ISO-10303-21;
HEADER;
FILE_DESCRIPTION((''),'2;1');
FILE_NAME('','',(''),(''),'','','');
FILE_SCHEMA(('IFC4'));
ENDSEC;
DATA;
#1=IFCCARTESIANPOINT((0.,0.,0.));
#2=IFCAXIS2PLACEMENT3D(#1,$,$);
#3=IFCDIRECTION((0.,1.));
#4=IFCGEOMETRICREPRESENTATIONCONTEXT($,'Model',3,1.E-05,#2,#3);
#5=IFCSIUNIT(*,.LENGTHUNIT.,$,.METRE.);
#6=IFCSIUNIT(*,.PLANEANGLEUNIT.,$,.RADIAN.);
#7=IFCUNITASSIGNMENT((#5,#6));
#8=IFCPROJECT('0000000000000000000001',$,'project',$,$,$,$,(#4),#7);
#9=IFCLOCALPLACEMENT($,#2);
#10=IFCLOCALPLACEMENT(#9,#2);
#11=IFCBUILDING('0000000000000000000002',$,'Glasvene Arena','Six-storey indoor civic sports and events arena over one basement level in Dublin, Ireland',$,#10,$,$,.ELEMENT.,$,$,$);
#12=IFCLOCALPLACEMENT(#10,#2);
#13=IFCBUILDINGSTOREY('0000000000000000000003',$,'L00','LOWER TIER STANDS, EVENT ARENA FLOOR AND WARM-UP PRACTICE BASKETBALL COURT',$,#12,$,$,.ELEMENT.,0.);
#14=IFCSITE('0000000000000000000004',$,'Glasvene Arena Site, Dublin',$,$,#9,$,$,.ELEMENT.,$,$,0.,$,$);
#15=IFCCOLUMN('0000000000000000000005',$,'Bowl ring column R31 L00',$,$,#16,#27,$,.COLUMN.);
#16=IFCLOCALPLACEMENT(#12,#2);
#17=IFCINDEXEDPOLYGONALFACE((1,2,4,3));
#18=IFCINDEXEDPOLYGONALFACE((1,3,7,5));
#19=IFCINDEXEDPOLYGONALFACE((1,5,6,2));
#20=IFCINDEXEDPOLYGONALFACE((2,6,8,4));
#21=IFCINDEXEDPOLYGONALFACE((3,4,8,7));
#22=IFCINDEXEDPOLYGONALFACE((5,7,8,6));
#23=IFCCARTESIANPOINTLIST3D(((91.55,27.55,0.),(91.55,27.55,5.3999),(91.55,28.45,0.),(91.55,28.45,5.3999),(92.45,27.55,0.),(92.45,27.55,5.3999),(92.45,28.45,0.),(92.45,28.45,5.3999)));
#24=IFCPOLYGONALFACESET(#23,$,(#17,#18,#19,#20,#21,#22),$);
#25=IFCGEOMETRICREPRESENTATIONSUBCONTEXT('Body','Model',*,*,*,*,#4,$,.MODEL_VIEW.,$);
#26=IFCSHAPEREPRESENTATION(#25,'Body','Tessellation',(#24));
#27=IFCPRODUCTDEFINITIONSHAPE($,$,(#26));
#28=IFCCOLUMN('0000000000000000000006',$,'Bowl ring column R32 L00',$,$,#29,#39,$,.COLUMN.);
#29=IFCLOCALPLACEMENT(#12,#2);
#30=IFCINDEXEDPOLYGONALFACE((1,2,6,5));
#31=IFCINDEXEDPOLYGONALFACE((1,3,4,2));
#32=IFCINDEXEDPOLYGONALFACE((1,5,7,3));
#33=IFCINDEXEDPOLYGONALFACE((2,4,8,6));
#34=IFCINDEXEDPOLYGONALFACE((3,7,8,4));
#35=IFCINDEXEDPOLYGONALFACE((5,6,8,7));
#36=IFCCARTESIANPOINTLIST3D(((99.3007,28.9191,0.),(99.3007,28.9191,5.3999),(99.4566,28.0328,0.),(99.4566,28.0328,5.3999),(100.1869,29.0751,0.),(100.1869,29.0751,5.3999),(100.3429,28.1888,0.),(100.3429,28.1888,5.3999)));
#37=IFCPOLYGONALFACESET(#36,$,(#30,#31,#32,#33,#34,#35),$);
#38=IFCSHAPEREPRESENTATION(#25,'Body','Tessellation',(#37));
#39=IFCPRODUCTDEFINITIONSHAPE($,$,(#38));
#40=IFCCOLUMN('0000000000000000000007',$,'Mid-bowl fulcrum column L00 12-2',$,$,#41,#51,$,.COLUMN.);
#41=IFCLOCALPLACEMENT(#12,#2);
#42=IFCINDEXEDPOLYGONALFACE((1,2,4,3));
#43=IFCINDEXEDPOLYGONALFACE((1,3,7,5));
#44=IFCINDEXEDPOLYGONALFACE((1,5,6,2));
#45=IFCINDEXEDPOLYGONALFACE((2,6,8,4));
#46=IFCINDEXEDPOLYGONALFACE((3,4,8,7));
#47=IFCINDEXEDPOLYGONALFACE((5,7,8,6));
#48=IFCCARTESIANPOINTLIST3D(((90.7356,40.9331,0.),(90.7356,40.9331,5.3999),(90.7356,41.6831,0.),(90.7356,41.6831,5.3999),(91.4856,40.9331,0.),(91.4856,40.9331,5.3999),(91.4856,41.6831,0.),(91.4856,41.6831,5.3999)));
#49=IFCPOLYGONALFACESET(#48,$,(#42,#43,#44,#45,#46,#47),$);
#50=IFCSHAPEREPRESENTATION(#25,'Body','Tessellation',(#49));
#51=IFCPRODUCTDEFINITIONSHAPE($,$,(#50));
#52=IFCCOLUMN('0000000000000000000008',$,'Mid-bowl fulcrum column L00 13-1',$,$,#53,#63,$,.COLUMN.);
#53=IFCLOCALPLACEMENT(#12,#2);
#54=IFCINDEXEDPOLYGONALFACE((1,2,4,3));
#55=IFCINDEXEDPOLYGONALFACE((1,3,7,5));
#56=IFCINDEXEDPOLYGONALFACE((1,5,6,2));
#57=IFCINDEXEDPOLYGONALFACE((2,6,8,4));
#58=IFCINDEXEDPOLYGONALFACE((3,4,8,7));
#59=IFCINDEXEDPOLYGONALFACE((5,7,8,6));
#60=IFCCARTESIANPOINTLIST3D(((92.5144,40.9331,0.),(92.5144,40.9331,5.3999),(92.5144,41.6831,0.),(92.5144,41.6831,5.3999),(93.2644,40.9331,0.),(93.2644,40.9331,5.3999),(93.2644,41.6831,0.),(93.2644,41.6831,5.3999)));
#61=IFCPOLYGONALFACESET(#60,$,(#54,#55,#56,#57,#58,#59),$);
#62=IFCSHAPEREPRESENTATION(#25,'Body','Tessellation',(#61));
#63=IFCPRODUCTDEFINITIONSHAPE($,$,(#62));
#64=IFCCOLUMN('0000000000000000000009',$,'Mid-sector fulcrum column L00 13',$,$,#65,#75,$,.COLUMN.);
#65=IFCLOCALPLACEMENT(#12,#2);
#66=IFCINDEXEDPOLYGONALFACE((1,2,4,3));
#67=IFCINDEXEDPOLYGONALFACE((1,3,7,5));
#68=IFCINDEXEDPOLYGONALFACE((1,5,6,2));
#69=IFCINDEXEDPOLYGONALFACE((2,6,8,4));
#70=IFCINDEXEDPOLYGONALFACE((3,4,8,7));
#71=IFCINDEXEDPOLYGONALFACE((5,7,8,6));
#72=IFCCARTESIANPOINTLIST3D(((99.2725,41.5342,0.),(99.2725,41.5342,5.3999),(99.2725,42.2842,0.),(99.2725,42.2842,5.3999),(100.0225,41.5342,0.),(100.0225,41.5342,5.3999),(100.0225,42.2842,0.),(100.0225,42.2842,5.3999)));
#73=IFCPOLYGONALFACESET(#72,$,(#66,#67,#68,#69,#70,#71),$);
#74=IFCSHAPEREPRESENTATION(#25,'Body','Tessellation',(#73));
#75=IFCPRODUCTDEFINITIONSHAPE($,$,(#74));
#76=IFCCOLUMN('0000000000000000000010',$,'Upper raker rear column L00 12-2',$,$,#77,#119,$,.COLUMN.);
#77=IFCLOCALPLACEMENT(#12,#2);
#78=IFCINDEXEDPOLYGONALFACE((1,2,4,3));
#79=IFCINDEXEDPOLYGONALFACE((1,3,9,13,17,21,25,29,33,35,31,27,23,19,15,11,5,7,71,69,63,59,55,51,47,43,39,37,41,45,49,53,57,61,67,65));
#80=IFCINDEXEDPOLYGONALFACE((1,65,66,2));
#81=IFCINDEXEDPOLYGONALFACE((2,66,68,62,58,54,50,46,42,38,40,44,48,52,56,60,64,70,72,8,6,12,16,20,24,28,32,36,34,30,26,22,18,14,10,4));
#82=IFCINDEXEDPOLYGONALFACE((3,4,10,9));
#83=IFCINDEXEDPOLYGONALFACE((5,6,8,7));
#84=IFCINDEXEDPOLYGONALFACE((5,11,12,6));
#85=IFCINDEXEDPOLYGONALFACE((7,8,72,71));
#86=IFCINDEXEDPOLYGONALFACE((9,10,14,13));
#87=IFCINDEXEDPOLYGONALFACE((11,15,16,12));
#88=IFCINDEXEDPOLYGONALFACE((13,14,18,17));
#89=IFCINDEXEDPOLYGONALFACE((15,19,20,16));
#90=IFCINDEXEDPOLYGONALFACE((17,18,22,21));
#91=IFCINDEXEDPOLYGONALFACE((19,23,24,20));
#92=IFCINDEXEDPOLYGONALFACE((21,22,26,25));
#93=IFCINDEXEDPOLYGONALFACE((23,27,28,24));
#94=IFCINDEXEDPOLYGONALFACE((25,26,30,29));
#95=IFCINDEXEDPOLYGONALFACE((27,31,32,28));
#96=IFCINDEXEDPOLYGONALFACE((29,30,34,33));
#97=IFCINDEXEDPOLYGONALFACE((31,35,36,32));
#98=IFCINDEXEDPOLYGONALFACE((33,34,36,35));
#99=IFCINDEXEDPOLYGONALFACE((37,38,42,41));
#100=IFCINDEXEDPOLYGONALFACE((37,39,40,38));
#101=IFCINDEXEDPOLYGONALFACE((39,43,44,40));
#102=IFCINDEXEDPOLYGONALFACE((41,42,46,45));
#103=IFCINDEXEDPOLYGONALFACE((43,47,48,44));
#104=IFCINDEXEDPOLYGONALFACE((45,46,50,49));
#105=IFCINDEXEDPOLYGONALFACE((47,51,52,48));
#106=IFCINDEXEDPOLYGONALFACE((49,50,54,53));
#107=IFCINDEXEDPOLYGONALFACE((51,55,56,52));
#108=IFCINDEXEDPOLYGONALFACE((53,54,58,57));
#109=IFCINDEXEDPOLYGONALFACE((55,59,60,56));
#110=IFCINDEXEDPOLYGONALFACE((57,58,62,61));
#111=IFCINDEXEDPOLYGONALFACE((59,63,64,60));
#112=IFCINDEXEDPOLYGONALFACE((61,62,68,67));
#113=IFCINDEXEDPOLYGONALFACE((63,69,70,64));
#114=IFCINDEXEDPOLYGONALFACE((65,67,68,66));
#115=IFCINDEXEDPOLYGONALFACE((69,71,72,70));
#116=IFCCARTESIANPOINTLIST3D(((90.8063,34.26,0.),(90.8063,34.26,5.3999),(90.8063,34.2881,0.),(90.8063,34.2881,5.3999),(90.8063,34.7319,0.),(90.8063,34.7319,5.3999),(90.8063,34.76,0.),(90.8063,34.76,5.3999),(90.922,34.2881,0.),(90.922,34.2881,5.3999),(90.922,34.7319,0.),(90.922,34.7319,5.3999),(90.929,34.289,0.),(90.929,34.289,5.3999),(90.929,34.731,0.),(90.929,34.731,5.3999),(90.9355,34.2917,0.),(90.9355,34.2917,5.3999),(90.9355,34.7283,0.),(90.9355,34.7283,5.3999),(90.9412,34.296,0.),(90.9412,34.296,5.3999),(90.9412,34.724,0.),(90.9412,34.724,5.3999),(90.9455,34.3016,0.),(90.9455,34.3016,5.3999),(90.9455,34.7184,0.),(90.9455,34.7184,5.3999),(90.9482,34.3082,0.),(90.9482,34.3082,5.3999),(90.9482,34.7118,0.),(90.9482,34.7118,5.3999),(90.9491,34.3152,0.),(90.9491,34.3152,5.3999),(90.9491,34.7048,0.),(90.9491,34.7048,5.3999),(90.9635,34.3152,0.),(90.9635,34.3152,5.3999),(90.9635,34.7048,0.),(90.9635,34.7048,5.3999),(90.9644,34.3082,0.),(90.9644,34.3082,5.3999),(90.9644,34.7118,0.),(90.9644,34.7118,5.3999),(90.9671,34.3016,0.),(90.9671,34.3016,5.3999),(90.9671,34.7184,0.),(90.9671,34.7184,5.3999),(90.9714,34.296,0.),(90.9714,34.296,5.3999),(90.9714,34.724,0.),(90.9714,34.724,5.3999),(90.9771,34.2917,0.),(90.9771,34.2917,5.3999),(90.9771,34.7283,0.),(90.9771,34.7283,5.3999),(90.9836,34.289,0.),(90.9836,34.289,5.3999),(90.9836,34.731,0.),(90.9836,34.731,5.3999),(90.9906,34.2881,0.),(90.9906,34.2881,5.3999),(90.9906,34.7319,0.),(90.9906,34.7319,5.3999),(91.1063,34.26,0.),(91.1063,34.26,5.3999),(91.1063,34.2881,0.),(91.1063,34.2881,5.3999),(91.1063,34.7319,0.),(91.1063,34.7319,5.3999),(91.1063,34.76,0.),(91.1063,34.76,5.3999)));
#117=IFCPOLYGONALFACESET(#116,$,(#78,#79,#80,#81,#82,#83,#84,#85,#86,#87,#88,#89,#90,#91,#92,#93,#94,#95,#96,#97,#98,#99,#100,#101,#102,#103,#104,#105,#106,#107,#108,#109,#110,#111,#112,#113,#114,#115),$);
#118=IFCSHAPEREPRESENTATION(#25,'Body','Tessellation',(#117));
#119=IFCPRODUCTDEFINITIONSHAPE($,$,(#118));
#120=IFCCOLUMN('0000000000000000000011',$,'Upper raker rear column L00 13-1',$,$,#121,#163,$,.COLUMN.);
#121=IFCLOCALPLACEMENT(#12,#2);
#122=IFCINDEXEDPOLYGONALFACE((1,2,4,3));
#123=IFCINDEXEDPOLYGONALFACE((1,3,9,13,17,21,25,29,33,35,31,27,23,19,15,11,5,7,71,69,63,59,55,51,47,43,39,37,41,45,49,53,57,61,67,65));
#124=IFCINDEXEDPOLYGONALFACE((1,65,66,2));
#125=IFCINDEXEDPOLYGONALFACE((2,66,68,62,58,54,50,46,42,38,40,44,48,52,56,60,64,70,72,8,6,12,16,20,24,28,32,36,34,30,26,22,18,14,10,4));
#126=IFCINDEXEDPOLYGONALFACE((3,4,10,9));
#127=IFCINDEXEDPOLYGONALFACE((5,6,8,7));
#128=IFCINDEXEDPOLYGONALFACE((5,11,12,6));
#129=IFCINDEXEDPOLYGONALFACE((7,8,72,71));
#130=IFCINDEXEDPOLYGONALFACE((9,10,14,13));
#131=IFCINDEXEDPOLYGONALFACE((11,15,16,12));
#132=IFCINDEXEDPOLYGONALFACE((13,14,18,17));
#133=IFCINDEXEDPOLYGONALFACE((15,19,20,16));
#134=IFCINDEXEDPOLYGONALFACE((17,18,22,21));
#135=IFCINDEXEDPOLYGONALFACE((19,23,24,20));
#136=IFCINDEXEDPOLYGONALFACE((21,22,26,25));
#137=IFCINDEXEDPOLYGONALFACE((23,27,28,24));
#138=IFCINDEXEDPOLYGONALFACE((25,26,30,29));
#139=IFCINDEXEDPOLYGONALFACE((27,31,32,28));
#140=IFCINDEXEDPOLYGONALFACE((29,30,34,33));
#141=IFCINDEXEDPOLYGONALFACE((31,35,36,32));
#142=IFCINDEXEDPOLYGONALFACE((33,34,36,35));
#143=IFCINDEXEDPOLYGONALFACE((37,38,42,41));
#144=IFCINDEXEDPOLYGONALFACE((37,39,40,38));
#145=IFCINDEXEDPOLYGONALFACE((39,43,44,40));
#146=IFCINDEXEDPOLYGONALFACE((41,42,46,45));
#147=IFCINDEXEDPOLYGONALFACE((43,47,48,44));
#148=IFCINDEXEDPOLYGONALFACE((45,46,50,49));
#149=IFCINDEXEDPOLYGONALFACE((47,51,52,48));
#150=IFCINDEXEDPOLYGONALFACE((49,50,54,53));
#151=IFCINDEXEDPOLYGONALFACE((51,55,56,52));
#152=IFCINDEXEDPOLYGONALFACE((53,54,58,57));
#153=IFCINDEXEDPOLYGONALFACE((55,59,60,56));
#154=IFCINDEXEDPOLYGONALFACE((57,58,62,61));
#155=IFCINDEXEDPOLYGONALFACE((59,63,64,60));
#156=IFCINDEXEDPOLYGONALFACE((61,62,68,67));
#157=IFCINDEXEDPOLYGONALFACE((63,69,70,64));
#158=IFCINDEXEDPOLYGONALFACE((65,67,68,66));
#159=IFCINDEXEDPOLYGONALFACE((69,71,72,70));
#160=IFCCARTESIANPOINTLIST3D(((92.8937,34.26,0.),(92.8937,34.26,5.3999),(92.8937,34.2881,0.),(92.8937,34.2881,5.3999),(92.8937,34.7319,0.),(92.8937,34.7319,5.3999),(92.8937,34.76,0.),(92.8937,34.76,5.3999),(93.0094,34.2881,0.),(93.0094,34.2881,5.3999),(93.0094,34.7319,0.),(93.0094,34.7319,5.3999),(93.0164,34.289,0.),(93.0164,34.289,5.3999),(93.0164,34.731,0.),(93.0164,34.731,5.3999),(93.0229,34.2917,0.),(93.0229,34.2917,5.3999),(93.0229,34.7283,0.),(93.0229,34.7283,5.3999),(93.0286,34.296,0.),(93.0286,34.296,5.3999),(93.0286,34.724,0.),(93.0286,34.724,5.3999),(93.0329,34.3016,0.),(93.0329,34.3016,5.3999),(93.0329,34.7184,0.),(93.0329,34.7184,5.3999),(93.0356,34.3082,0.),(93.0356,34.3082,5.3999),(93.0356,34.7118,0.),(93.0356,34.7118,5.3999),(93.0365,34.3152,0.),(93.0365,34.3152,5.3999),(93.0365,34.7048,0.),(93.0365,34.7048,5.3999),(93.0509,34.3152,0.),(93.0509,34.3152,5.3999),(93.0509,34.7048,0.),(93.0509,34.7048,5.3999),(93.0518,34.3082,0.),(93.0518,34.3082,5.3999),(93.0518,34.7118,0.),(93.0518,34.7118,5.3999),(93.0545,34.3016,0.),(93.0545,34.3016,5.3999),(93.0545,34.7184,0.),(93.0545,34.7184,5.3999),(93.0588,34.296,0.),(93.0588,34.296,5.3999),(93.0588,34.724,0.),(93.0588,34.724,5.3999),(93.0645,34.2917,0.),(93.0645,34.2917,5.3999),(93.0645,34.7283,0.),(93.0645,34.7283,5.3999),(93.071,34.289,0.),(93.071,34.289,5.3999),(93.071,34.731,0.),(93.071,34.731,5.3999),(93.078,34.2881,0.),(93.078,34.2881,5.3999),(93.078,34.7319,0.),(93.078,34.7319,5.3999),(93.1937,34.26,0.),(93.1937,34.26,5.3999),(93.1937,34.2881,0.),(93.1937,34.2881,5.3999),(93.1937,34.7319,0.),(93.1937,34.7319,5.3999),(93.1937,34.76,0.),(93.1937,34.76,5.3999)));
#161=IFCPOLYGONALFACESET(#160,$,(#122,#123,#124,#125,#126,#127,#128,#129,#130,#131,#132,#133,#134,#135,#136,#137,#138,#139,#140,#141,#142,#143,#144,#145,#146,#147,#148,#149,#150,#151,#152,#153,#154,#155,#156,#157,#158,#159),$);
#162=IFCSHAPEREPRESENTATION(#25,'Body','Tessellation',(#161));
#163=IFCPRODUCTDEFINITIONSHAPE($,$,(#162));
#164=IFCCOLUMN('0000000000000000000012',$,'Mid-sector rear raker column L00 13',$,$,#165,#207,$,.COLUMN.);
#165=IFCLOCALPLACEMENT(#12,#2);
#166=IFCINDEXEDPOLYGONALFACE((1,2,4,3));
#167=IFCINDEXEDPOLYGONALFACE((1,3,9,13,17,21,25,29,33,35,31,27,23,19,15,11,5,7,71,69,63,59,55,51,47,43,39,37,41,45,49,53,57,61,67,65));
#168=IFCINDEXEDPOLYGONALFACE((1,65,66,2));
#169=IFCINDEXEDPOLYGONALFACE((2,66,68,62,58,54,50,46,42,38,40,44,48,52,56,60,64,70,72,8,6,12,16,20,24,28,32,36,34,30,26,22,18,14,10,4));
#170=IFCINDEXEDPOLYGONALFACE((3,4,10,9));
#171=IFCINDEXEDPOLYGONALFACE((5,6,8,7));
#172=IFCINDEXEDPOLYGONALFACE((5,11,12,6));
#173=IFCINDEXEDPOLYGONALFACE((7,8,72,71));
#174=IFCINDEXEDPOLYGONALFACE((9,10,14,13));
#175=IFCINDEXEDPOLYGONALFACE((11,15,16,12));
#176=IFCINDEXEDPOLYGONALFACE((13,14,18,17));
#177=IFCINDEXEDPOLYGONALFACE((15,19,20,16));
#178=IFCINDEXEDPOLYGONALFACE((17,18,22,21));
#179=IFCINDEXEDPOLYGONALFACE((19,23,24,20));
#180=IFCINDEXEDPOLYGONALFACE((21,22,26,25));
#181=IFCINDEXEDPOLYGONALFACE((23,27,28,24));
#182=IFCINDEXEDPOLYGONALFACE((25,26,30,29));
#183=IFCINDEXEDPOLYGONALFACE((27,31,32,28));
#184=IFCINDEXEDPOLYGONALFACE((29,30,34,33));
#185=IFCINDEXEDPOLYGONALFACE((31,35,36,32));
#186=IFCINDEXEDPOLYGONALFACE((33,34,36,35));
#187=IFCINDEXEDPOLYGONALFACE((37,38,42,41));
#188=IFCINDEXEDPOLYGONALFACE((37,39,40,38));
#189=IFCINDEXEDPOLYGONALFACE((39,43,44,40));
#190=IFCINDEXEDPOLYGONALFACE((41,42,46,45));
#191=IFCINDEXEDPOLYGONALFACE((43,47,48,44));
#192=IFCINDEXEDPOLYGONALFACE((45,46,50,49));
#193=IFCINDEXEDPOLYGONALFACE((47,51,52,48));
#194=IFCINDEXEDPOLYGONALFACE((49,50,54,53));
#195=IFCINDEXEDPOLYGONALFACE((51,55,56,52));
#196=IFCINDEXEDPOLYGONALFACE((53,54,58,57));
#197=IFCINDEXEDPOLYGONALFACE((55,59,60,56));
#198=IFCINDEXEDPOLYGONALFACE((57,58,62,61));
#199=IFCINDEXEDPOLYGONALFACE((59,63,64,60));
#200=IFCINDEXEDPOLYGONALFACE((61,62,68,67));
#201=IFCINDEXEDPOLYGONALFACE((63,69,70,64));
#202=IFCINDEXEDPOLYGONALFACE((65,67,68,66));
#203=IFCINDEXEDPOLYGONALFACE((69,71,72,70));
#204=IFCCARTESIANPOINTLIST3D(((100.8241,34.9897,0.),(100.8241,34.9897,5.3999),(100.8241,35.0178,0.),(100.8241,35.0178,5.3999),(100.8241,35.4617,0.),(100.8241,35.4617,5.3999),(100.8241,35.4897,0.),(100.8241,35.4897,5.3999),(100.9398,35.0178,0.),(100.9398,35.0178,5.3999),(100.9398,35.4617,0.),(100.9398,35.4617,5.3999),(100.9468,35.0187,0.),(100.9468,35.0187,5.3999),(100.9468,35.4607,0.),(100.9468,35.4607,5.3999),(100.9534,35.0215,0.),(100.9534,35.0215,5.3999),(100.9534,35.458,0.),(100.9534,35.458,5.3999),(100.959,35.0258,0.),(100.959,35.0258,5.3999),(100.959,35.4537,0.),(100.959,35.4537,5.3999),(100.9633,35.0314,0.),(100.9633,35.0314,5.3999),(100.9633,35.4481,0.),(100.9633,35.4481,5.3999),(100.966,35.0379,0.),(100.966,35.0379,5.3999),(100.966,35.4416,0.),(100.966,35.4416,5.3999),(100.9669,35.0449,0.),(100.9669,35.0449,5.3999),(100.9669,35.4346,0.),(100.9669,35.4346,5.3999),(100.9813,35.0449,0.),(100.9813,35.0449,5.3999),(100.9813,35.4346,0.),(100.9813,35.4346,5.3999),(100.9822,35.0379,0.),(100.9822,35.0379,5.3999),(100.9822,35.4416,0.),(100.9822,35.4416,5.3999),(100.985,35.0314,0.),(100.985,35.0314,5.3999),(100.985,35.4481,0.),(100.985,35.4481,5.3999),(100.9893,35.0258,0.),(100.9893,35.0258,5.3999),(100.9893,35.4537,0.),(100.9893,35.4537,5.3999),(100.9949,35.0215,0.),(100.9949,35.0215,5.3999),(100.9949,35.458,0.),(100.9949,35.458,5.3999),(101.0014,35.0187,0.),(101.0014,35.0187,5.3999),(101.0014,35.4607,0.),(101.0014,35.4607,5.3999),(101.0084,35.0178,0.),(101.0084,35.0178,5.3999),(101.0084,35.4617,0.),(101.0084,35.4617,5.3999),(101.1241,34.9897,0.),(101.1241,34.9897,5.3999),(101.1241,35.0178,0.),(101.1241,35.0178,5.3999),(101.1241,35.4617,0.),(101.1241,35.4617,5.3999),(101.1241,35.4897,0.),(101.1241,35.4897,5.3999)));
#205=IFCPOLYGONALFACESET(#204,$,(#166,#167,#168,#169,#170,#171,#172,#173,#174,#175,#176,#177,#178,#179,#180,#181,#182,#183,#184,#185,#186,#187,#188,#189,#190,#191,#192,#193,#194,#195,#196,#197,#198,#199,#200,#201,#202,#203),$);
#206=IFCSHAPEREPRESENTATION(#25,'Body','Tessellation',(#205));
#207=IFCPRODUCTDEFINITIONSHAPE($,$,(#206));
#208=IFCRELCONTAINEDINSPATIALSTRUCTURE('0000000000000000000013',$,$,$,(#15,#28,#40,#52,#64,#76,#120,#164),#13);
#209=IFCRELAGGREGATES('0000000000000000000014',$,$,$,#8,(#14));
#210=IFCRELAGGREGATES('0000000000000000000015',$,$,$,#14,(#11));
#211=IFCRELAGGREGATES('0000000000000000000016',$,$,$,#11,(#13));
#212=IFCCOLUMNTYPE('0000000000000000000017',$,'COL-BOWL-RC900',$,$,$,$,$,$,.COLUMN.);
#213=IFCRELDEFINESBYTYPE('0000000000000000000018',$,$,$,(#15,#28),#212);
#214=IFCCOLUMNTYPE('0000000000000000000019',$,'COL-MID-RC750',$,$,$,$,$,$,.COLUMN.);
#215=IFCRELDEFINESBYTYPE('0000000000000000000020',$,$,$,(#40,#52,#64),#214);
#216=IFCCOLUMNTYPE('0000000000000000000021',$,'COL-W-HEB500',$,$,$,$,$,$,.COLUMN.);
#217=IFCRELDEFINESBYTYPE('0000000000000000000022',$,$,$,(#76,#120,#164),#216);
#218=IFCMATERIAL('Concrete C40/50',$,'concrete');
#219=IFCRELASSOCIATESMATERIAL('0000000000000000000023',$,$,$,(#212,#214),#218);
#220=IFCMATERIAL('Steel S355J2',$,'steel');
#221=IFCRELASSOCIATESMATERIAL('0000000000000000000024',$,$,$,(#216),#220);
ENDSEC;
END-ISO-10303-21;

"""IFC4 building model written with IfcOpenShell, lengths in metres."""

from ifc_helpers import new_model, si_unit, direction, frame, origin, origin_2d, place, context, subcontext, project, spatial, rectangle, i_section, extrude, material, material_profile, profile_set, type_object, element, save


model = new_model("IFC4")

# Units and contexts
model_context = context("Model", 3, precision=1e-05, world=origin(), true_north=direction((0.0, 1.0)))
body_context = subcontext(model_context, "Body", "Model", "MODEL_VIEW")
ifc_project = project(units=[si_unit("LENGTHUNIT", "METRE"), si_unit("PLANEANGLEUNIT", "RADIAN")], contexts=[model_context])

# Site, building, storey
site_placement = place(None, origin())
site = spatial("IfcSite", under=ifc_project, at=site_placement, Name="Glasvene Arena Site, Dublin", CompositionType="ELEMENT", RefElevation=0.0)
building_placement = place(site_placement, origin())
building = spatial("IfcBuilding", under=site, at=building_placement, Name="Glasvene Arena", Description="Six-storey indoor civic sports and events arena over one basement level in Dublin, Ireland", CompositionType="ELEMENT")
storey_placement = place(building_placement, origin())
storey = spatial("IfcBuildingStorey", under=building, at=storey_placement, Name="L00", Description="LOWER TIER STANDS, EVENT ARENA FLOOR AND WARM-UP PRACTICE BASKETBALL COURT", CompositionType="ELEMENT", Elevation=0.0)

# Columns
ifc_material_1 = material(Name="Concrete C40/50", Category="concrete")
ifc_material_profile_1 = material_profile(ifc_material_1, rectangle(XDim=0.8999, YDim=0.8999, at=origin_2d()), Name="RC 900x900")
ifc_profile_set_1 = profile_set([ifc_material_profile_1], Name="Concrete C40/50")
column_type_1 = type_object("IfcColumnType", Name="COL-BOWL-RC900", PredefinedType="COLUMN", material=ifc_profile_set_1)
for number, where, z_axis, x_axis, name in (
    (1, (92.0, 28.0, 0.0), (0.0, 0.0, 1.0), (0.0, -1.0, 0.0), "Bowl ring column R31 L00"),
    (2, (99.8218, 28.554, 0.0), (0.0, 0.0, 1.0), (0.173304, -0.984868, 0.0), "Bowl ring column R32 L00"),
):
    element("IfcColumn", number, at=place(storey_placement, frame(where, z_axis=z_axis, x_axis=x_axis)), inside=storey, type_object=column_type_1, Name=name, PredefinedType="COLUMN", context=body_context, shape_type="SweptSolid", body=[
        extrude(rectangle(XDim=0.8999, YDim=0.8999, at=origin_2d()), origin(), (0.0, 0.0, 1.0), 5.3999),
    ])
ifc_material_profile_2 = material_profile(ifc_material_1, rectangle(XDim=0.75, YDim=0.75, at=origin_2d()), Name="RC 750x750")
ifc_profile_set_2 = profile_set([ifc_material_profile_2], Name="Concrete C40/50")
column_type_2 = type_object("IfcColumnType", Name="COL-MID-RC750", PredefinedType="COLUMN", material=ifc_profile_set_2)
for number, where, z_axis, x_axis, name in (
    (3, (91.1106, 41.3081, 0.0), (0.0, 0.0, 1.0), (1.0, 0.0, 0.0), "Mid-bowl fulcrum column L00 12-2"),
    (4, (92.8894, 41.3081, 0.0), (0.0, 0.0, 1.0), (1.0, 0.0, 0.0), "Mid-bowl fulcrum column L00 13-1"),
    (5, (99.6475, 41.9092, 0.0), (0.0, 0.0, 1.0), (1.0, 0.0, 0.0), "Mid-sector fulcrum column L00 13"),
):
    element("IfcColumn", number, at=place(storey_placement, frame(where, z_axis=z_axis, x_axis=x_axis)), inside=storey, type_object=column_type_2, Name=name, PredefinedType="COLUMN", context=body_context, shape_type="SweptSolid", body=[
        extrude(rectangle(XDim=0.75, YDim=0.75, at=origin_2d()), origin(), (0.0, 0.0, 1.0), 5.3999),
    ])
ifc_material_2 = material(Name="Steel S355J2", Category="steel")
ifc_material_profile_3 = material_profile(ifc_material_2, i_section(OverallWidth=0.3, OverallDepth=0.5, WebThickness=0.0144, FlangeThickness=0.0281, FilletRadius=0.0271, at=origin_2d()), Name="HEB 500")
ifc_profile_set_3 = profile_set([ifc_material_profile_3], Name="Steel S355J2")
column_type_3 = type_object("IfcColumnType", Name="COL-W-HEB500", PredefinedType="COLUMN", material=ifc_profile_set_3)
for number, where, z_axis, x_axis, name in (
    (6, (90.9563, 34.51, 0.0), (0.0, 0.0, 1.0), (1.0, 0.0, 0.0), "Upper raker rear column L00 12-2"),
    (7, (93.0437, 34.51, 0.0), (0.0, 0.0, 1.0), (1.0, 0.0, 0.0), "Upper raker rear column L00 13-1"),
    (8, (100.9741, 35.2397, 0.0), (0.0, 0.0, 1.0), (1.0, 0.0, 0.0), "Mid-sector rear raker column L00 13"),
):
    element("IfcColumn", number, at=place(storey_placement, frame(where, z_axis=z_axis, x_axis=x_axis)), inside=storey, type_object=column_type_3, Name=name, PredefinedType="COLUMN", context=body_context, shape_type="SweptSolid", body=[
        extrude(i_section(OverallWidth=0.3, OverallDepth=0.5, WebThickness=0.0144, FlangeThickness=0.0281, FilletRadius=0.0271, at=origin_2d()), origin(), (0.0, 0.0, 1.0), 5.3999),
    ])

save(model, "model.ifc")
